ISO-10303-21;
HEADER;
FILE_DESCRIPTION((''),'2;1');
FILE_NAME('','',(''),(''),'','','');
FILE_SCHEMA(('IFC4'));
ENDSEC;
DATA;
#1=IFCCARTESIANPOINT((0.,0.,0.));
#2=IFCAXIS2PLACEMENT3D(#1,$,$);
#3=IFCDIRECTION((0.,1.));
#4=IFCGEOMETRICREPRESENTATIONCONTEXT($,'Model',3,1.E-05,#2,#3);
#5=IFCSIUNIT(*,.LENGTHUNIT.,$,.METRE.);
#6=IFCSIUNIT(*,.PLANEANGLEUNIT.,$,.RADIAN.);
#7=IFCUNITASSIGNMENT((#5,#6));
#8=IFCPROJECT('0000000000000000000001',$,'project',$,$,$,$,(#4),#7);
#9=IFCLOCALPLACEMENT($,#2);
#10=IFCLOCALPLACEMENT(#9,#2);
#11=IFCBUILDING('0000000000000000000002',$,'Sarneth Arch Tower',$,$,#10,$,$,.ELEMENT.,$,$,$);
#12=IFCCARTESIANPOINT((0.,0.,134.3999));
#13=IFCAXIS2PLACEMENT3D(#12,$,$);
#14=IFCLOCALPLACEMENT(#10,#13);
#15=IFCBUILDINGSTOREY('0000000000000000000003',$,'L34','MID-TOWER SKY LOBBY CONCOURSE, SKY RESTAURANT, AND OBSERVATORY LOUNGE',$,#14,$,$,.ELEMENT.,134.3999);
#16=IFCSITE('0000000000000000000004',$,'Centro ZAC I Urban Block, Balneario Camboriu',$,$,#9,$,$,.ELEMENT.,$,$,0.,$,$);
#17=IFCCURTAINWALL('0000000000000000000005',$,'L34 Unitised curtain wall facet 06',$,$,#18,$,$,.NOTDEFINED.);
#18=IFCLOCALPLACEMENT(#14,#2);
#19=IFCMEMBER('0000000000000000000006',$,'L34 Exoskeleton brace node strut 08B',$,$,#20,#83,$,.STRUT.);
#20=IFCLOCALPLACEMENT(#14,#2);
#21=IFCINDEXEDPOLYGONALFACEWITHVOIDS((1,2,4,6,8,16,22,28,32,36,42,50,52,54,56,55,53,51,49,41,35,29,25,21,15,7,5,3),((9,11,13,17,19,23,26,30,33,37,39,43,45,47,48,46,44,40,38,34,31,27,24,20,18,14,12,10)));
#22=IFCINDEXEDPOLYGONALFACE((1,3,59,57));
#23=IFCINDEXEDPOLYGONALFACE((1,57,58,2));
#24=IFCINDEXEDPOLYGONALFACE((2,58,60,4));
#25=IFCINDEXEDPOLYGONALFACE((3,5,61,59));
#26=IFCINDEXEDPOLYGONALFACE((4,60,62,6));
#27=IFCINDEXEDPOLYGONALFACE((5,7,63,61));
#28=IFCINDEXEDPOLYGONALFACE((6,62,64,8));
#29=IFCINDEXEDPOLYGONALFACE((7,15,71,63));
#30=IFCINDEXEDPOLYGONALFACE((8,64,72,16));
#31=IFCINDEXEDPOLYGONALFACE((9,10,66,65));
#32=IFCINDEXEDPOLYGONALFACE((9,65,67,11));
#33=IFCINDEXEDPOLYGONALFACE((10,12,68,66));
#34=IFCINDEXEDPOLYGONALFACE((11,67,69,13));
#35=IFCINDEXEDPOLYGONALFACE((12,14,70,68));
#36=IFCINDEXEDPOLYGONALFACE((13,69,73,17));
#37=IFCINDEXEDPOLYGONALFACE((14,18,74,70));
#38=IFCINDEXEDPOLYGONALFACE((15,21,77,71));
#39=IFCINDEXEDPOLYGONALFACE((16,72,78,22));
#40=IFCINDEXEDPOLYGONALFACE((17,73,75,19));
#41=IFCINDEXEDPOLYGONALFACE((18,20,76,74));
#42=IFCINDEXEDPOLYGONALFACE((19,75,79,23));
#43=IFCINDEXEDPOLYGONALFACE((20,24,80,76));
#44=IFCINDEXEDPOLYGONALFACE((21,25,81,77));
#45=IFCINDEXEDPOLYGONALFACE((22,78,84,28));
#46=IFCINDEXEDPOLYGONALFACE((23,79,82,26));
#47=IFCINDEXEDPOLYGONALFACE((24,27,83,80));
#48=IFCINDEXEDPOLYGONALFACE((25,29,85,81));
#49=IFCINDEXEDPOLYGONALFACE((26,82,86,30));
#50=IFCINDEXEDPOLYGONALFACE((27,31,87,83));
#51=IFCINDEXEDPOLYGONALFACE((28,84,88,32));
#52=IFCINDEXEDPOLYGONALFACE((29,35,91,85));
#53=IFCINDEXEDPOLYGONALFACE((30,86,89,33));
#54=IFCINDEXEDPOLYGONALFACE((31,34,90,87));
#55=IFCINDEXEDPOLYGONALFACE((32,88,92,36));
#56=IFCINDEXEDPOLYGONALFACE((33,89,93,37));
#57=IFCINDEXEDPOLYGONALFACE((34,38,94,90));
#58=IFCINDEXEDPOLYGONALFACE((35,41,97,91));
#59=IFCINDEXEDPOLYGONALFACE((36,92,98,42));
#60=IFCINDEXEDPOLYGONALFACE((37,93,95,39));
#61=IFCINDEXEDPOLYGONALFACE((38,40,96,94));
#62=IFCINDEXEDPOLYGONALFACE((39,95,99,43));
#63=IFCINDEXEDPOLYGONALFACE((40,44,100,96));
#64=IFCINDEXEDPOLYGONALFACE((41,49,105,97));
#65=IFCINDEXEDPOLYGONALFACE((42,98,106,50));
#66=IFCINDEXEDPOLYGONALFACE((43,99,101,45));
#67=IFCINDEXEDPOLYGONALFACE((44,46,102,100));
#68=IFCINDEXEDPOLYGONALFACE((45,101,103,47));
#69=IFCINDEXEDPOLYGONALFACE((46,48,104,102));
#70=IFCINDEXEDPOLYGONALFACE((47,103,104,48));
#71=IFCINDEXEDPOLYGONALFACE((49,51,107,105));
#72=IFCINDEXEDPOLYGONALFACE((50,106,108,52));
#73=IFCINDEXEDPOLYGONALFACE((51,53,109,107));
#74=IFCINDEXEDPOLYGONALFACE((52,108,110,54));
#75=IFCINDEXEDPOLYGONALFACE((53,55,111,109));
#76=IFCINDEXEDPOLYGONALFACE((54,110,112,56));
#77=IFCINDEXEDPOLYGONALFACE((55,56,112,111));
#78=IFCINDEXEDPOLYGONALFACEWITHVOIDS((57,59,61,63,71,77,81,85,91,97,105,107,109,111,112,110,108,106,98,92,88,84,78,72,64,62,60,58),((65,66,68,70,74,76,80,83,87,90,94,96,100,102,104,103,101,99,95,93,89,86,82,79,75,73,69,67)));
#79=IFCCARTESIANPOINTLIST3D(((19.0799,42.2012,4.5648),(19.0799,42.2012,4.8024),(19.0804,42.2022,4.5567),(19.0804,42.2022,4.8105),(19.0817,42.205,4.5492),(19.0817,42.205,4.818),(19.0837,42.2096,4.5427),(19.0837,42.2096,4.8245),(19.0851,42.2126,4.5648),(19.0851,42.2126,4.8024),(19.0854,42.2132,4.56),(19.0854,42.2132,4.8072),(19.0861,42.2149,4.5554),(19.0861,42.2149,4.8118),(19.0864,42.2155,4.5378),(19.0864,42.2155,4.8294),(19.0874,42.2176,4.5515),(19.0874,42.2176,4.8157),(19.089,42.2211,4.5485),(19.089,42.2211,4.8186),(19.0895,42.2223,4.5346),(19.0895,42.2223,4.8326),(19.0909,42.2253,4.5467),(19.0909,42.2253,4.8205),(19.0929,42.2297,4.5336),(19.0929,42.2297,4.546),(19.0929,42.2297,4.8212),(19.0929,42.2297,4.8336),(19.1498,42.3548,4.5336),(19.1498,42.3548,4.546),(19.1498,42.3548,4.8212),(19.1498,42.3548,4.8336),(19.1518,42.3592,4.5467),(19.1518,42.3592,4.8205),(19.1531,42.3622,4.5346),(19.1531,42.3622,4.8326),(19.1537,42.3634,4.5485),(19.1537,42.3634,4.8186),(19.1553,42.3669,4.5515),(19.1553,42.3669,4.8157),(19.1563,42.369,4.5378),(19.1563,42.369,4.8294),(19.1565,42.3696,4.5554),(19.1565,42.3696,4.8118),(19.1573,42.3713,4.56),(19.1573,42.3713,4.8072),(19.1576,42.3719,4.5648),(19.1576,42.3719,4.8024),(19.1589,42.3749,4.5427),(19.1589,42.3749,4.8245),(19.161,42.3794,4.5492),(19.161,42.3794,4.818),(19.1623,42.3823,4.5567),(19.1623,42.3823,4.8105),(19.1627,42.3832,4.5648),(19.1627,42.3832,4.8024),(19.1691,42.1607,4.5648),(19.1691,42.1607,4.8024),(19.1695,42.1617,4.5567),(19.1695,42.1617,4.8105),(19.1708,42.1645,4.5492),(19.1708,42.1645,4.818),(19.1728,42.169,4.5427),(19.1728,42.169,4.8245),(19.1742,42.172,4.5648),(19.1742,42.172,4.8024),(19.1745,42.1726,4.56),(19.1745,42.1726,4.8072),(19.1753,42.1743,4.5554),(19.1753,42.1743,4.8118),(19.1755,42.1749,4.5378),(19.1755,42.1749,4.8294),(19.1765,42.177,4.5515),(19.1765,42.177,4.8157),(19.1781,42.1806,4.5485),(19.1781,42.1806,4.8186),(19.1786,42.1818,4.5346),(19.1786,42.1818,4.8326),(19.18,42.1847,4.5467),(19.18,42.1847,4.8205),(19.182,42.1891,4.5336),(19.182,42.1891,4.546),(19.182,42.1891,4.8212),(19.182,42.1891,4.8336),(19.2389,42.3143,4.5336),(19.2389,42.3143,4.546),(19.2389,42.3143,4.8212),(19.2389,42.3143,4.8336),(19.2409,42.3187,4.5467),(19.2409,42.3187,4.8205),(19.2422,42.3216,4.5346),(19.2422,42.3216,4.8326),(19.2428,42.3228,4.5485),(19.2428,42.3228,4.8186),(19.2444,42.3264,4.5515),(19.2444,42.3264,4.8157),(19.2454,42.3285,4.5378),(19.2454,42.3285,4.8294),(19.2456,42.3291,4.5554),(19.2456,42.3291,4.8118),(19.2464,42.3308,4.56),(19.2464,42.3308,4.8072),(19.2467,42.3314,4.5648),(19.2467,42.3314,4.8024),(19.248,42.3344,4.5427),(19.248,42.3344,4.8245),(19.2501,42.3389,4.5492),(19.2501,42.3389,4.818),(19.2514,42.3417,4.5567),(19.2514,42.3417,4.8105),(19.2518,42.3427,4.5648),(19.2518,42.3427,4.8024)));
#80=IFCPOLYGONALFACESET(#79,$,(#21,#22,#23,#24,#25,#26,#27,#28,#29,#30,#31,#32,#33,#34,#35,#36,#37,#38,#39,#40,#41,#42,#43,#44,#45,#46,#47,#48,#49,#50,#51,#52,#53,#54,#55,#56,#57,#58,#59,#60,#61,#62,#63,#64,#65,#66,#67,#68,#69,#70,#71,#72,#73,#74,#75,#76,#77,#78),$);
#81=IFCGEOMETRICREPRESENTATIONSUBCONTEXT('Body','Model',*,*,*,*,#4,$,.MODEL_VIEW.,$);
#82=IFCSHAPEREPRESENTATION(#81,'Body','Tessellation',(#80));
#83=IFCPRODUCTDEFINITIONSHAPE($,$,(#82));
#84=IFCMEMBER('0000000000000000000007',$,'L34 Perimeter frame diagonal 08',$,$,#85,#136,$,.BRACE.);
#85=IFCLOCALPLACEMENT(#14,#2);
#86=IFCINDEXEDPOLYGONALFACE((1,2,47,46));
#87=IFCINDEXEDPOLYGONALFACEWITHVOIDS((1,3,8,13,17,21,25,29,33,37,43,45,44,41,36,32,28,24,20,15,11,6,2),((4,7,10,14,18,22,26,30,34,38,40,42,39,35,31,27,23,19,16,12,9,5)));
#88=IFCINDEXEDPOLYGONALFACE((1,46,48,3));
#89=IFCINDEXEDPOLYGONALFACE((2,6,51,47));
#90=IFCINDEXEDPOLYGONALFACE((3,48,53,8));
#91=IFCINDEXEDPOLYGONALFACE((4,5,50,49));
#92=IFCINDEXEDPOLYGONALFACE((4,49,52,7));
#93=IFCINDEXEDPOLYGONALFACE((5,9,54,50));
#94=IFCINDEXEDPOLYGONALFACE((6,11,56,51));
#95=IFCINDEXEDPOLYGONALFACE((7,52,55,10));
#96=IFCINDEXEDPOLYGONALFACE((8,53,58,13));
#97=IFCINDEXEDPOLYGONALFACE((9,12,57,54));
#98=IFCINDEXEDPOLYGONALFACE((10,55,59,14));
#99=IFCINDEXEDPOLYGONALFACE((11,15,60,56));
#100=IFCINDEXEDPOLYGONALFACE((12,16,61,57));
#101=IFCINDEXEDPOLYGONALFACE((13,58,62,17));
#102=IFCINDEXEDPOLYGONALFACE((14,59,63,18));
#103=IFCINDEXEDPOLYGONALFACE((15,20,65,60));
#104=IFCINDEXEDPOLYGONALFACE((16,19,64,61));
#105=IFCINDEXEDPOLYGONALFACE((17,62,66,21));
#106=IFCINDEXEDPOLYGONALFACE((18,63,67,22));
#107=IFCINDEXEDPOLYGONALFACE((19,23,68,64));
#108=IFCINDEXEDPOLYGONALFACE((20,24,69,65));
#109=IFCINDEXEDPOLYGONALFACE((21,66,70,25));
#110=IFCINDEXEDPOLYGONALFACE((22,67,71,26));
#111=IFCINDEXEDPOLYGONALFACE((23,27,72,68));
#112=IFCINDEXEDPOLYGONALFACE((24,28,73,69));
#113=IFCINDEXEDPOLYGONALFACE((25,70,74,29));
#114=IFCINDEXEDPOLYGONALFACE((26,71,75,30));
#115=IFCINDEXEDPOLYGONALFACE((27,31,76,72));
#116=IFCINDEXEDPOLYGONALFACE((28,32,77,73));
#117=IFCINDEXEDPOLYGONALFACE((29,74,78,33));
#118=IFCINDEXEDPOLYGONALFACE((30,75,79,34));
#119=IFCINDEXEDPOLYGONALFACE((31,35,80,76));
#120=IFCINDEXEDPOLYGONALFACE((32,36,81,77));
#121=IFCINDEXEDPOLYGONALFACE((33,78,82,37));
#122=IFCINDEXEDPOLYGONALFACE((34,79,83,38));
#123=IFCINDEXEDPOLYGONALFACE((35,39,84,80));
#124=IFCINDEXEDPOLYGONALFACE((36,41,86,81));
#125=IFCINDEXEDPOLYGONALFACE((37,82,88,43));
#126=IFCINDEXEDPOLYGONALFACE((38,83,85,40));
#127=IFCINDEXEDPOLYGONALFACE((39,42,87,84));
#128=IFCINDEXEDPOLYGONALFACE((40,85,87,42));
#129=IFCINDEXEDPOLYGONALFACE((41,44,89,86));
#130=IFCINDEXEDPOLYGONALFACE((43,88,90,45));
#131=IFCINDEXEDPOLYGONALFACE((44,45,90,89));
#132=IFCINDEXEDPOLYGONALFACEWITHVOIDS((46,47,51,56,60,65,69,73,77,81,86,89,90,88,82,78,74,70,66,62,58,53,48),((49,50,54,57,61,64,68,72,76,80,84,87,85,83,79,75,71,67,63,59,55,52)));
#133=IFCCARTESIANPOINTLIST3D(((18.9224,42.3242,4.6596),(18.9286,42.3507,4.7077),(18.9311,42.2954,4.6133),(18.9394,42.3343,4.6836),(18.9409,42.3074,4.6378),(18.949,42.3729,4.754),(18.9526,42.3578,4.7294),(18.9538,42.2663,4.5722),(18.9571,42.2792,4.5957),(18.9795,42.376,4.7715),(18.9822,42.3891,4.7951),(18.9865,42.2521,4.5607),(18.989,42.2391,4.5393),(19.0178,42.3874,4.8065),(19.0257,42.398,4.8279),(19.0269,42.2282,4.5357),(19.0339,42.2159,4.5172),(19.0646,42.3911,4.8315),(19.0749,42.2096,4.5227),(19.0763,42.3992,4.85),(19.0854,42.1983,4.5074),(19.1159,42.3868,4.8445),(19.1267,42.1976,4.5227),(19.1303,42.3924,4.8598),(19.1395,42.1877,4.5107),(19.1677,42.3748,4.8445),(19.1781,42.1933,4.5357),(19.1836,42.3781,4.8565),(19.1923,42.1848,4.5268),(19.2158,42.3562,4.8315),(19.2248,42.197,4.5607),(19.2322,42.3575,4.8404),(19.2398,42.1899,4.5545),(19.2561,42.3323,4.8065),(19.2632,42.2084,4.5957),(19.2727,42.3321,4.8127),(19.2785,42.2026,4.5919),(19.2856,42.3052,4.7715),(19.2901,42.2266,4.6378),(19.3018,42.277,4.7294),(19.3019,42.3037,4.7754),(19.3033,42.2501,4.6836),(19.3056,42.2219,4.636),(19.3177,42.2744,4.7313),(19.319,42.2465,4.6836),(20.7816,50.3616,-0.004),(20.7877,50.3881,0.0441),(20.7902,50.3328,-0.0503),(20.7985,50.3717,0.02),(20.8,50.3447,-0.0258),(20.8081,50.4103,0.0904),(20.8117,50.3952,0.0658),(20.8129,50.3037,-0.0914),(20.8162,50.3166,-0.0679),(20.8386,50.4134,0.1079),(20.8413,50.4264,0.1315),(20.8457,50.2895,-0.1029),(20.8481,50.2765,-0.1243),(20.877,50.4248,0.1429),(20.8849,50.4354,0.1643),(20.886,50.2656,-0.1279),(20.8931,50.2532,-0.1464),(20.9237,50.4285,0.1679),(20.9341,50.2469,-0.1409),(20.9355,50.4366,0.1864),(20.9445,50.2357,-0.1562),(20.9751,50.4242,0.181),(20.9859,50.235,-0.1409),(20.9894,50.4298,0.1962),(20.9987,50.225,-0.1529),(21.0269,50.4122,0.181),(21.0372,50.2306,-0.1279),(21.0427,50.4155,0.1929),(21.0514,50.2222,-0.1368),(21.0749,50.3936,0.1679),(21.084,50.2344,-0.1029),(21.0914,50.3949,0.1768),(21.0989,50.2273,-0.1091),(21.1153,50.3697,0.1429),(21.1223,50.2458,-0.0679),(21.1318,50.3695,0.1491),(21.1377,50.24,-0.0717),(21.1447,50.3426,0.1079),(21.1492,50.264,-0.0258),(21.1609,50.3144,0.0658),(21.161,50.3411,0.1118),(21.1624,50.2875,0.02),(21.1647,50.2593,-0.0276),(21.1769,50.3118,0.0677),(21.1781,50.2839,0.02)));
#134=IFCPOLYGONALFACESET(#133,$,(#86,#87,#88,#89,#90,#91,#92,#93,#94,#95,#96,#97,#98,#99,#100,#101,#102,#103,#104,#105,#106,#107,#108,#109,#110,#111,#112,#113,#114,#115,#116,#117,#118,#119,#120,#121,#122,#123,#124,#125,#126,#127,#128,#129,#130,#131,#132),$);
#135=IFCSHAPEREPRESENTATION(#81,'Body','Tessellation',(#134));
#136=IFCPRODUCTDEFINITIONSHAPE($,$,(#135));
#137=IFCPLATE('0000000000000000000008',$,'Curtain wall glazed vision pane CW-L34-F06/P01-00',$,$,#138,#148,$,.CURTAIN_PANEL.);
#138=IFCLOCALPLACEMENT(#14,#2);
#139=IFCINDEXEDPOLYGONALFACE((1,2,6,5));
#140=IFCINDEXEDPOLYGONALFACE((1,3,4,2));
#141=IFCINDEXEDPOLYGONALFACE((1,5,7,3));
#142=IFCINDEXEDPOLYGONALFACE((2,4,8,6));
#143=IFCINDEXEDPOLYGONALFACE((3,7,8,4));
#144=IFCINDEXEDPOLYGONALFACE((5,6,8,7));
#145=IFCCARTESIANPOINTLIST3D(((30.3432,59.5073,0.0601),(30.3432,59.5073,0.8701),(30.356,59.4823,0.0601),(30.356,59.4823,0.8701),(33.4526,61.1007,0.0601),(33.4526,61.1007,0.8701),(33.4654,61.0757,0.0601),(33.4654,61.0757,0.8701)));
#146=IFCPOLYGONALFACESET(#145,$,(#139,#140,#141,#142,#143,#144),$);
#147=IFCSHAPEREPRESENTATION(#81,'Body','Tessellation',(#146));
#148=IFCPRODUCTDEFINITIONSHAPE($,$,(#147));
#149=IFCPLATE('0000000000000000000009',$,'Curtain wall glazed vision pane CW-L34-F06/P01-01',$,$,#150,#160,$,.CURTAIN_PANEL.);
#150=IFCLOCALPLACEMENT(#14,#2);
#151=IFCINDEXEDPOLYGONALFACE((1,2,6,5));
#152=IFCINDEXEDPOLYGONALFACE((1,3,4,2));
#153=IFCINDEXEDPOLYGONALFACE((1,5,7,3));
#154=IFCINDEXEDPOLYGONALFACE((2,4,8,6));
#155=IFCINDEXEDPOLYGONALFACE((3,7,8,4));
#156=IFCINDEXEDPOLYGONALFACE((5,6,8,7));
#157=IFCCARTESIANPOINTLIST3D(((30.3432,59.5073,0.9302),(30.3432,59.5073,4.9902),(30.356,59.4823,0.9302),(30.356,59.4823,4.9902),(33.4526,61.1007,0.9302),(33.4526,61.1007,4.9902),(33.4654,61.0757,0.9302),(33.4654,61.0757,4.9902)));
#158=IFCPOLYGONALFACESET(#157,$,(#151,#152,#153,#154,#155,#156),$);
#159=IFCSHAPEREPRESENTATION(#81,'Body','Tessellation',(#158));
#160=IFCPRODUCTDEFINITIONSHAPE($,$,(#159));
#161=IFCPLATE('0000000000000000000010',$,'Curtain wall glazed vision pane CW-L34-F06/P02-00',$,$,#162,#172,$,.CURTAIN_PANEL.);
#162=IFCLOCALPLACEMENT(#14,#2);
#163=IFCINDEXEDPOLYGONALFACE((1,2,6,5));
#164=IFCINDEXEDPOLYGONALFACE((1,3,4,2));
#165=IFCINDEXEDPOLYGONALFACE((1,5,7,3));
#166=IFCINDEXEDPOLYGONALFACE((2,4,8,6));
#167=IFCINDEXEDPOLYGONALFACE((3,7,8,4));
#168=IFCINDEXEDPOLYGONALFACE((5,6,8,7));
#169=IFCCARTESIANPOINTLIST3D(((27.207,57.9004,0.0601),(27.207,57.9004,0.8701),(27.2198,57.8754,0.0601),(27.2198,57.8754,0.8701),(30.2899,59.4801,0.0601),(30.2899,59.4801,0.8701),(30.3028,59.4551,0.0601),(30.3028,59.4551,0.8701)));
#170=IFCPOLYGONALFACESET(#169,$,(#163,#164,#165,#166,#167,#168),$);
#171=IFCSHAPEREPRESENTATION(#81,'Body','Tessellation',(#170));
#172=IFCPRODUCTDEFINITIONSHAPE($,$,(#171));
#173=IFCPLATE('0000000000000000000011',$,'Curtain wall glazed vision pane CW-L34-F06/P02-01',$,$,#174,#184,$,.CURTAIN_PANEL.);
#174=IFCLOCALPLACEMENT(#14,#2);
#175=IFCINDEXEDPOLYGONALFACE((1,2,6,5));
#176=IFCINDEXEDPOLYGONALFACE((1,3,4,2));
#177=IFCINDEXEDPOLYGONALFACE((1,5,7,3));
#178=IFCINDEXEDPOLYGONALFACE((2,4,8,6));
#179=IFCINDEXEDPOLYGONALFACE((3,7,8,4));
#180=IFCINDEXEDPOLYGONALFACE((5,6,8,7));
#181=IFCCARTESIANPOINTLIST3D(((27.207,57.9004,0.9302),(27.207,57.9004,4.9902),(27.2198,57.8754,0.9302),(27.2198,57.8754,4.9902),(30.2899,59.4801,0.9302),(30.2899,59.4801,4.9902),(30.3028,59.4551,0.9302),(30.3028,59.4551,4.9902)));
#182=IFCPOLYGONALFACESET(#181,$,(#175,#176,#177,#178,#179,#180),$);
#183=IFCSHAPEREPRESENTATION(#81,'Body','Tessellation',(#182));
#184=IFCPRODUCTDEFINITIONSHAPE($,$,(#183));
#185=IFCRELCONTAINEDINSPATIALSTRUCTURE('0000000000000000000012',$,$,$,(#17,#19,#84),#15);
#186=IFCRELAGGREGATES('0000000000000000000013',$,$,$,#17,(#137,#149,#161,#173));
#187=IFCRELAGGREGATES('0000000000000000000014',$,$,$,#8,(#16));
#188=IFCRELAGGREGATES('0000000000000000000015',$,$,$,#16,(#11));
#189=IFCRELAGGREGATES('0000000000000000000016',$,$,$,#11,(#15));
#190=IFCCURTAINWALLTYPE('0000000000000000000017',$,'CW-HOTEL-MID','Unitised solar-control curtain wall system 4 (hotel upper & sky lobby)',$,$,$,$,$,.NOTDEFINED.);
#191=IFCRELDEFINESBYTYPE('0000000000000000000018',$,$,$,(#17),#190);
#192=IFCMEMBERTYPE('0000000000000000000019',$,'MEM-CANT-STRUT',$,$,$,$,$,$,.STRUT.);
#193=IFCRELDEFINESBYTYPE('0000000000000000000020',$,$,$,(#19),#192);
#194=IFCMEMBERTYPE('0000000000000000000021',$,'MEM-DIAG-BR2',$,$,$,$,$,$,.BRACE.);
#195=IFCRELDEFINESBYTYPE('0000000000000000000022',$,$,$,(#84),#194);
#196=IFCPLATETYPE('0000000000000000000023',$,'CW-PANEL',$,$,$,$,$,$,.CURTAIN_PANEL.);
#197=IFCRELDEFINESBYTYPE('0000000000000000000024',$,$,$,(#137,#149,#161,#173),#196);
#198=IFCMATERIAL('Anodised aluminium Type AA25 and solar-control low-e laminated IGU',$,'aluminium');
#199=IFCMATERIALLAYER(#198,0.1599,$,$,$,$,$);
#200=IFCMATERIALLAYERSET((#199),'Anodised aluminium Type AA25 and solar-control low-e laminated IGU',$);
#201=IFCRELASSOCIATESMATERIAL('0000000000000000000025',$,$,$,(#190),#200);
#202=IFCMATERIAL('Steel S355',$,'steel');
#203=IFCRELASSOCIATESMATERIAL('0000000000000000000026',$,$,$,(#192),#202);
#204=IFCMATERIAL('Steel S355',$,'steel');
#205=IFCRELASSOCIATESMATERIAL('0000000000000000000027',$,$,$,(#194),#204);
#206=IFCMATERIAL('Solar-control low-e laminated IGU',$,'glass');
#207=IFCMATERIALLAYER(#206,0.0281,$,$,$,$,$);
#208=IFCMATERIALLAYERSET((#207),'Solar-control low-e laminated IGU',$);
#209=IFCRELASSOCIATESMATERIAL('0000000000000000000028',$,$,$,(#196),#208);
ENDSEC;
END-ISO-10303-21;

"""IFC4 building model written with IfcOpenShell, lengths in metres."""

from ifc_helpers import new_model, si_unit, direction, frame, origin, origin_2d, place, context, subcontext, project, spatial, rectangle, hollow_rectangle, hollow_circle, extrude, material, layer, layer_set, material_profile, profile_set, type_object, element, aggregate, save


model = new_model("IFC4")

# Units and contexts
model_context = context("Model", 3, precision=1e-05, world=origin(), true_north=direction((0.0, 1.0)))
body_context = subcontext(model_context, "Body", "Model", "MODEL_VIEW")
ifc_project = project(units=[si_unit("LENGTHUNIT", "METRE"), si_unit("PLANEANGLEUNIT", "RADIAN")], contexts=[model_context])

# Site, building, storey
site_placement = place(None, origin())
site = spatial("IfcSite", under=ifc_project, at=site_placement, Name="Centro ZAC I Urban Block, Balneario Camboriu", CompositionType="ELEMENT", RefElevation=0.0)
building_placement = place(site_placement, origin())
building = spatial("IfcBuilding", under=site, at=building_placement, Name="Sarneth Arch Tower", CompositionType="ELEMENT")
storey_placement = place(building_placement, frame((0.0, 0.0, 134.3999)))
storey = spatial("IfcBuildingStorey", under=building, at=storey_placement, Name="L34", Description="MID-TOWER SKY LOBBY CONCOURSE, SKY RESTAURANT, AND OBSERVATORY LOUNGE", CompositionType="ELEMENT", Elevation=134.3999)

# Curtain wall
ifc_material_1 = material(Name="Anodised aluminium Type AA25 and solar-control low-e laminated IGU", Category="aluminium")
ifc_layer_1 = layer(ifc_material_1, 0.1599)
ifc_layer_set_1 = layer_set([ifc_layer_1], Name="Anodised aluminium Type AA25 and solar-control low-e laminated IGU")
curtain_wall_type = type_object("IfcCurtainWallType", Name="CW-HOTEL-MID", Description="Unitised solar-control curtain wall system 4 (hotel upper & sky lobby)", PredefinedType="NOTDEFINED", material=ifc_layer_set_1)
curtain_wall_placement = place(storey_placement, origin())
curtain_wall = element("IfcCurtainWall", 1, at=curtain_wall_placement, inside=storey, type_object=curtain_wall_type, Name="L34 Unitised curtain wall facet 06", PredefinedType="NOTDEFINED")

# Members
ifc_material_2 = material(Name="Steel S355", Category="steel")
ifc_material_profile_1 = material_profile(ifc_material_2, hollow_rectangle(XDim=0.2, YDim=0.3, WallThickness=0.0125, InnerFilletRadius=0.0188, OuterFilletRadius=0.0312, at=origin_2d()), Name="RHS300x200x12.5")
ifc_profile_set_1 = profile_set([ifc_material_profile_1], Name="Steel S355")
member_type_1 = type_object("IfcMemberType", Name="MEM-CANT-STRUT", PredefinedType="STRUT", material=ifc_profile_set_1)
member_1_placement = place(storey_placement, frame((19.2104, 42.2517, 4.6836), z_axis=(-0.910281, 0.413991, 0.0), x_axis=(-0.413991, -0.910281, 0.0)))
element("IfcMember", 2, at=member_1_placement, inside=storey, type_object=member_type_1, Name="L34 Exoskeleton brace node strut 08B", PredefinedType="STRUT", context=body_context, shape_type="SweptSolid", body=[
    extrude(hollow_rectangle(XDim=0.2, YDim=0.3, WallThickness=0.0125, InnerFilletRadius=0.0188, OuterFilletRadius=0.0312, at=origin_2d()), origin(), (0.0, 0.0, 1.0), 0.0979),
])
ifc_material_3 = material(Name="Steel S355", Category="steel")
ifc_material_profile_2 = material_profile(ifc_material_3, hollow_circle(Radius=0.2029, WallThickness=0.0161, at=origin_2d()), Name="CHS406x16")
ifc_profile_set_2 = profile_set([ifc_material_profile_2], Name="Steel S355")
member_type_2 = type_object("IfcMemberType", Name="MEM-DIAG-BR2", PredefinedType="BRACE", material=ifc_profile_set_2)
member_2_placement = place(storey_placement, frame((20.9805, 50.3296, 0.02), z_axis=(-0.196183, -0.848134, 0.492119), x_axis=(0.974275, -0.225361, 0.0)))
element("IfcMember", 3, at=member_2_placement, inside=storey, type_object=member_type_2, Name="L34 Perimeter frame diagonal 08", PredefinedType="BRACE", context=body_context, shape_type="SweptSolid", body=[
    extrude(hollow_circle(Radius=0.2029, WallThickness=0.0161, at=origin_2d()), origin(), (0.0, 0.0, 1.0), 9.4766),
])

# Plates
ifc_material_4 = material(Name="Solar-control low-e laminated IGU", Category="glass")
ifc_layer_2 = layer(ifc_material_4, 0.0281)
ifc_layer_set_2 = layer_set([ifc_layer_2], Name="Solar-control low-e laminated IGU")
plate_type_1 = type_object("IfcPlateType", Name="CW-PANEL", PredefinedType="CURTAIN_PANEL", material=ifc_layer_set_2)
plate_1_placement = place(storey_placement, frame((31.9043, 60.2915, 0.0601), z_axis=(0.0, 0.0, 1.0), x_axis=(-0.889964, -0.456031, 0.0)))
plate_1 = element("IfcPlate", 4, at=plate_1_placement, type_object=plate_type_1, Name="Curtain wall glazed vision pane CW-L34-F06/P01-00", PredefinedType="CURTAIN_PANEL", context=body_context, shape_type="SweptSolid", body=[
    extrude(rectangle(XDim=3.4939, YDim=0.0281, at=origin_2d()), origin(), (0.0, 0.0, 1.0), 0.8101),
])
plate_2_placement = place(storey_placement, frame((31.9043, 60.2915, 0.9302), z_axis=(0.0, 0.0, 1.0), x_axis=(-0.889964, -0.456031, 0.0)))
plate_2 = element("IfcPlate", 5, at=plate_2_placement, type_object=plate_type_1, Name="Curtain wall glazed vision pane CW-L34-F06/P01-01", PredefinedType="CURTAIN_PANEL", context=body_context, shape_type="SweptSolid", body=[
    extrude(rectangle(XDim=3.4939, YDim=0.0281, at=origin_2d()), origin(), (0.0, 0.0, 1.0), 4.0601),
])
plate_3_placement = place(storey_placement, frame((28.7549, 58.6777, 0.0601), z_axis=(0.0, 0.0, 1.0), x_axis=(-0.889964, -0.456031, 0.0)))
plate_3 = element("IfcPlate", 6, at=plate_3_placement, type_object=plate_type_1, Name="Curtain wall glazed vision pane CW-L34-F06/P02-00", PredefinedType="CURTAIN_PANEL", context=body_context, shape_type="SweptSolid", body=[
    extrude(rectangle(XDim=3.4641, YDim=0.0281, at=origin_2d()), origin(), (0.0, 0.0, 1.0), 0.8101),
])
plate_4_placement = place(storey_placement, frame((28.7549, 58.6777, 0.9302), z_axis=(0.0, 0.0, 1.0), x_axis=(-0.889964, -0.456031, 0.0)))
plate_4 = element("IfcPlate", 7, at=plate_4_placement, type_object=plate_type_1, Name="Curtain wall glazed vision pane CW-L34-F06/P02-01", PredefinedType="CURTAIN_PANEL", context=body_context, shape_type="SweptSolid", body=[
    extrude(rectangle(XDim=3.4641, YDim=0.0281, at=origin_2d()), origin(), (0.0, 0.0, 1.0), 4.0601),
])
aggregate(curtain_wall, [plate_1, plate_2, plate_3, plate_4])

save(model, "model.ifc")
